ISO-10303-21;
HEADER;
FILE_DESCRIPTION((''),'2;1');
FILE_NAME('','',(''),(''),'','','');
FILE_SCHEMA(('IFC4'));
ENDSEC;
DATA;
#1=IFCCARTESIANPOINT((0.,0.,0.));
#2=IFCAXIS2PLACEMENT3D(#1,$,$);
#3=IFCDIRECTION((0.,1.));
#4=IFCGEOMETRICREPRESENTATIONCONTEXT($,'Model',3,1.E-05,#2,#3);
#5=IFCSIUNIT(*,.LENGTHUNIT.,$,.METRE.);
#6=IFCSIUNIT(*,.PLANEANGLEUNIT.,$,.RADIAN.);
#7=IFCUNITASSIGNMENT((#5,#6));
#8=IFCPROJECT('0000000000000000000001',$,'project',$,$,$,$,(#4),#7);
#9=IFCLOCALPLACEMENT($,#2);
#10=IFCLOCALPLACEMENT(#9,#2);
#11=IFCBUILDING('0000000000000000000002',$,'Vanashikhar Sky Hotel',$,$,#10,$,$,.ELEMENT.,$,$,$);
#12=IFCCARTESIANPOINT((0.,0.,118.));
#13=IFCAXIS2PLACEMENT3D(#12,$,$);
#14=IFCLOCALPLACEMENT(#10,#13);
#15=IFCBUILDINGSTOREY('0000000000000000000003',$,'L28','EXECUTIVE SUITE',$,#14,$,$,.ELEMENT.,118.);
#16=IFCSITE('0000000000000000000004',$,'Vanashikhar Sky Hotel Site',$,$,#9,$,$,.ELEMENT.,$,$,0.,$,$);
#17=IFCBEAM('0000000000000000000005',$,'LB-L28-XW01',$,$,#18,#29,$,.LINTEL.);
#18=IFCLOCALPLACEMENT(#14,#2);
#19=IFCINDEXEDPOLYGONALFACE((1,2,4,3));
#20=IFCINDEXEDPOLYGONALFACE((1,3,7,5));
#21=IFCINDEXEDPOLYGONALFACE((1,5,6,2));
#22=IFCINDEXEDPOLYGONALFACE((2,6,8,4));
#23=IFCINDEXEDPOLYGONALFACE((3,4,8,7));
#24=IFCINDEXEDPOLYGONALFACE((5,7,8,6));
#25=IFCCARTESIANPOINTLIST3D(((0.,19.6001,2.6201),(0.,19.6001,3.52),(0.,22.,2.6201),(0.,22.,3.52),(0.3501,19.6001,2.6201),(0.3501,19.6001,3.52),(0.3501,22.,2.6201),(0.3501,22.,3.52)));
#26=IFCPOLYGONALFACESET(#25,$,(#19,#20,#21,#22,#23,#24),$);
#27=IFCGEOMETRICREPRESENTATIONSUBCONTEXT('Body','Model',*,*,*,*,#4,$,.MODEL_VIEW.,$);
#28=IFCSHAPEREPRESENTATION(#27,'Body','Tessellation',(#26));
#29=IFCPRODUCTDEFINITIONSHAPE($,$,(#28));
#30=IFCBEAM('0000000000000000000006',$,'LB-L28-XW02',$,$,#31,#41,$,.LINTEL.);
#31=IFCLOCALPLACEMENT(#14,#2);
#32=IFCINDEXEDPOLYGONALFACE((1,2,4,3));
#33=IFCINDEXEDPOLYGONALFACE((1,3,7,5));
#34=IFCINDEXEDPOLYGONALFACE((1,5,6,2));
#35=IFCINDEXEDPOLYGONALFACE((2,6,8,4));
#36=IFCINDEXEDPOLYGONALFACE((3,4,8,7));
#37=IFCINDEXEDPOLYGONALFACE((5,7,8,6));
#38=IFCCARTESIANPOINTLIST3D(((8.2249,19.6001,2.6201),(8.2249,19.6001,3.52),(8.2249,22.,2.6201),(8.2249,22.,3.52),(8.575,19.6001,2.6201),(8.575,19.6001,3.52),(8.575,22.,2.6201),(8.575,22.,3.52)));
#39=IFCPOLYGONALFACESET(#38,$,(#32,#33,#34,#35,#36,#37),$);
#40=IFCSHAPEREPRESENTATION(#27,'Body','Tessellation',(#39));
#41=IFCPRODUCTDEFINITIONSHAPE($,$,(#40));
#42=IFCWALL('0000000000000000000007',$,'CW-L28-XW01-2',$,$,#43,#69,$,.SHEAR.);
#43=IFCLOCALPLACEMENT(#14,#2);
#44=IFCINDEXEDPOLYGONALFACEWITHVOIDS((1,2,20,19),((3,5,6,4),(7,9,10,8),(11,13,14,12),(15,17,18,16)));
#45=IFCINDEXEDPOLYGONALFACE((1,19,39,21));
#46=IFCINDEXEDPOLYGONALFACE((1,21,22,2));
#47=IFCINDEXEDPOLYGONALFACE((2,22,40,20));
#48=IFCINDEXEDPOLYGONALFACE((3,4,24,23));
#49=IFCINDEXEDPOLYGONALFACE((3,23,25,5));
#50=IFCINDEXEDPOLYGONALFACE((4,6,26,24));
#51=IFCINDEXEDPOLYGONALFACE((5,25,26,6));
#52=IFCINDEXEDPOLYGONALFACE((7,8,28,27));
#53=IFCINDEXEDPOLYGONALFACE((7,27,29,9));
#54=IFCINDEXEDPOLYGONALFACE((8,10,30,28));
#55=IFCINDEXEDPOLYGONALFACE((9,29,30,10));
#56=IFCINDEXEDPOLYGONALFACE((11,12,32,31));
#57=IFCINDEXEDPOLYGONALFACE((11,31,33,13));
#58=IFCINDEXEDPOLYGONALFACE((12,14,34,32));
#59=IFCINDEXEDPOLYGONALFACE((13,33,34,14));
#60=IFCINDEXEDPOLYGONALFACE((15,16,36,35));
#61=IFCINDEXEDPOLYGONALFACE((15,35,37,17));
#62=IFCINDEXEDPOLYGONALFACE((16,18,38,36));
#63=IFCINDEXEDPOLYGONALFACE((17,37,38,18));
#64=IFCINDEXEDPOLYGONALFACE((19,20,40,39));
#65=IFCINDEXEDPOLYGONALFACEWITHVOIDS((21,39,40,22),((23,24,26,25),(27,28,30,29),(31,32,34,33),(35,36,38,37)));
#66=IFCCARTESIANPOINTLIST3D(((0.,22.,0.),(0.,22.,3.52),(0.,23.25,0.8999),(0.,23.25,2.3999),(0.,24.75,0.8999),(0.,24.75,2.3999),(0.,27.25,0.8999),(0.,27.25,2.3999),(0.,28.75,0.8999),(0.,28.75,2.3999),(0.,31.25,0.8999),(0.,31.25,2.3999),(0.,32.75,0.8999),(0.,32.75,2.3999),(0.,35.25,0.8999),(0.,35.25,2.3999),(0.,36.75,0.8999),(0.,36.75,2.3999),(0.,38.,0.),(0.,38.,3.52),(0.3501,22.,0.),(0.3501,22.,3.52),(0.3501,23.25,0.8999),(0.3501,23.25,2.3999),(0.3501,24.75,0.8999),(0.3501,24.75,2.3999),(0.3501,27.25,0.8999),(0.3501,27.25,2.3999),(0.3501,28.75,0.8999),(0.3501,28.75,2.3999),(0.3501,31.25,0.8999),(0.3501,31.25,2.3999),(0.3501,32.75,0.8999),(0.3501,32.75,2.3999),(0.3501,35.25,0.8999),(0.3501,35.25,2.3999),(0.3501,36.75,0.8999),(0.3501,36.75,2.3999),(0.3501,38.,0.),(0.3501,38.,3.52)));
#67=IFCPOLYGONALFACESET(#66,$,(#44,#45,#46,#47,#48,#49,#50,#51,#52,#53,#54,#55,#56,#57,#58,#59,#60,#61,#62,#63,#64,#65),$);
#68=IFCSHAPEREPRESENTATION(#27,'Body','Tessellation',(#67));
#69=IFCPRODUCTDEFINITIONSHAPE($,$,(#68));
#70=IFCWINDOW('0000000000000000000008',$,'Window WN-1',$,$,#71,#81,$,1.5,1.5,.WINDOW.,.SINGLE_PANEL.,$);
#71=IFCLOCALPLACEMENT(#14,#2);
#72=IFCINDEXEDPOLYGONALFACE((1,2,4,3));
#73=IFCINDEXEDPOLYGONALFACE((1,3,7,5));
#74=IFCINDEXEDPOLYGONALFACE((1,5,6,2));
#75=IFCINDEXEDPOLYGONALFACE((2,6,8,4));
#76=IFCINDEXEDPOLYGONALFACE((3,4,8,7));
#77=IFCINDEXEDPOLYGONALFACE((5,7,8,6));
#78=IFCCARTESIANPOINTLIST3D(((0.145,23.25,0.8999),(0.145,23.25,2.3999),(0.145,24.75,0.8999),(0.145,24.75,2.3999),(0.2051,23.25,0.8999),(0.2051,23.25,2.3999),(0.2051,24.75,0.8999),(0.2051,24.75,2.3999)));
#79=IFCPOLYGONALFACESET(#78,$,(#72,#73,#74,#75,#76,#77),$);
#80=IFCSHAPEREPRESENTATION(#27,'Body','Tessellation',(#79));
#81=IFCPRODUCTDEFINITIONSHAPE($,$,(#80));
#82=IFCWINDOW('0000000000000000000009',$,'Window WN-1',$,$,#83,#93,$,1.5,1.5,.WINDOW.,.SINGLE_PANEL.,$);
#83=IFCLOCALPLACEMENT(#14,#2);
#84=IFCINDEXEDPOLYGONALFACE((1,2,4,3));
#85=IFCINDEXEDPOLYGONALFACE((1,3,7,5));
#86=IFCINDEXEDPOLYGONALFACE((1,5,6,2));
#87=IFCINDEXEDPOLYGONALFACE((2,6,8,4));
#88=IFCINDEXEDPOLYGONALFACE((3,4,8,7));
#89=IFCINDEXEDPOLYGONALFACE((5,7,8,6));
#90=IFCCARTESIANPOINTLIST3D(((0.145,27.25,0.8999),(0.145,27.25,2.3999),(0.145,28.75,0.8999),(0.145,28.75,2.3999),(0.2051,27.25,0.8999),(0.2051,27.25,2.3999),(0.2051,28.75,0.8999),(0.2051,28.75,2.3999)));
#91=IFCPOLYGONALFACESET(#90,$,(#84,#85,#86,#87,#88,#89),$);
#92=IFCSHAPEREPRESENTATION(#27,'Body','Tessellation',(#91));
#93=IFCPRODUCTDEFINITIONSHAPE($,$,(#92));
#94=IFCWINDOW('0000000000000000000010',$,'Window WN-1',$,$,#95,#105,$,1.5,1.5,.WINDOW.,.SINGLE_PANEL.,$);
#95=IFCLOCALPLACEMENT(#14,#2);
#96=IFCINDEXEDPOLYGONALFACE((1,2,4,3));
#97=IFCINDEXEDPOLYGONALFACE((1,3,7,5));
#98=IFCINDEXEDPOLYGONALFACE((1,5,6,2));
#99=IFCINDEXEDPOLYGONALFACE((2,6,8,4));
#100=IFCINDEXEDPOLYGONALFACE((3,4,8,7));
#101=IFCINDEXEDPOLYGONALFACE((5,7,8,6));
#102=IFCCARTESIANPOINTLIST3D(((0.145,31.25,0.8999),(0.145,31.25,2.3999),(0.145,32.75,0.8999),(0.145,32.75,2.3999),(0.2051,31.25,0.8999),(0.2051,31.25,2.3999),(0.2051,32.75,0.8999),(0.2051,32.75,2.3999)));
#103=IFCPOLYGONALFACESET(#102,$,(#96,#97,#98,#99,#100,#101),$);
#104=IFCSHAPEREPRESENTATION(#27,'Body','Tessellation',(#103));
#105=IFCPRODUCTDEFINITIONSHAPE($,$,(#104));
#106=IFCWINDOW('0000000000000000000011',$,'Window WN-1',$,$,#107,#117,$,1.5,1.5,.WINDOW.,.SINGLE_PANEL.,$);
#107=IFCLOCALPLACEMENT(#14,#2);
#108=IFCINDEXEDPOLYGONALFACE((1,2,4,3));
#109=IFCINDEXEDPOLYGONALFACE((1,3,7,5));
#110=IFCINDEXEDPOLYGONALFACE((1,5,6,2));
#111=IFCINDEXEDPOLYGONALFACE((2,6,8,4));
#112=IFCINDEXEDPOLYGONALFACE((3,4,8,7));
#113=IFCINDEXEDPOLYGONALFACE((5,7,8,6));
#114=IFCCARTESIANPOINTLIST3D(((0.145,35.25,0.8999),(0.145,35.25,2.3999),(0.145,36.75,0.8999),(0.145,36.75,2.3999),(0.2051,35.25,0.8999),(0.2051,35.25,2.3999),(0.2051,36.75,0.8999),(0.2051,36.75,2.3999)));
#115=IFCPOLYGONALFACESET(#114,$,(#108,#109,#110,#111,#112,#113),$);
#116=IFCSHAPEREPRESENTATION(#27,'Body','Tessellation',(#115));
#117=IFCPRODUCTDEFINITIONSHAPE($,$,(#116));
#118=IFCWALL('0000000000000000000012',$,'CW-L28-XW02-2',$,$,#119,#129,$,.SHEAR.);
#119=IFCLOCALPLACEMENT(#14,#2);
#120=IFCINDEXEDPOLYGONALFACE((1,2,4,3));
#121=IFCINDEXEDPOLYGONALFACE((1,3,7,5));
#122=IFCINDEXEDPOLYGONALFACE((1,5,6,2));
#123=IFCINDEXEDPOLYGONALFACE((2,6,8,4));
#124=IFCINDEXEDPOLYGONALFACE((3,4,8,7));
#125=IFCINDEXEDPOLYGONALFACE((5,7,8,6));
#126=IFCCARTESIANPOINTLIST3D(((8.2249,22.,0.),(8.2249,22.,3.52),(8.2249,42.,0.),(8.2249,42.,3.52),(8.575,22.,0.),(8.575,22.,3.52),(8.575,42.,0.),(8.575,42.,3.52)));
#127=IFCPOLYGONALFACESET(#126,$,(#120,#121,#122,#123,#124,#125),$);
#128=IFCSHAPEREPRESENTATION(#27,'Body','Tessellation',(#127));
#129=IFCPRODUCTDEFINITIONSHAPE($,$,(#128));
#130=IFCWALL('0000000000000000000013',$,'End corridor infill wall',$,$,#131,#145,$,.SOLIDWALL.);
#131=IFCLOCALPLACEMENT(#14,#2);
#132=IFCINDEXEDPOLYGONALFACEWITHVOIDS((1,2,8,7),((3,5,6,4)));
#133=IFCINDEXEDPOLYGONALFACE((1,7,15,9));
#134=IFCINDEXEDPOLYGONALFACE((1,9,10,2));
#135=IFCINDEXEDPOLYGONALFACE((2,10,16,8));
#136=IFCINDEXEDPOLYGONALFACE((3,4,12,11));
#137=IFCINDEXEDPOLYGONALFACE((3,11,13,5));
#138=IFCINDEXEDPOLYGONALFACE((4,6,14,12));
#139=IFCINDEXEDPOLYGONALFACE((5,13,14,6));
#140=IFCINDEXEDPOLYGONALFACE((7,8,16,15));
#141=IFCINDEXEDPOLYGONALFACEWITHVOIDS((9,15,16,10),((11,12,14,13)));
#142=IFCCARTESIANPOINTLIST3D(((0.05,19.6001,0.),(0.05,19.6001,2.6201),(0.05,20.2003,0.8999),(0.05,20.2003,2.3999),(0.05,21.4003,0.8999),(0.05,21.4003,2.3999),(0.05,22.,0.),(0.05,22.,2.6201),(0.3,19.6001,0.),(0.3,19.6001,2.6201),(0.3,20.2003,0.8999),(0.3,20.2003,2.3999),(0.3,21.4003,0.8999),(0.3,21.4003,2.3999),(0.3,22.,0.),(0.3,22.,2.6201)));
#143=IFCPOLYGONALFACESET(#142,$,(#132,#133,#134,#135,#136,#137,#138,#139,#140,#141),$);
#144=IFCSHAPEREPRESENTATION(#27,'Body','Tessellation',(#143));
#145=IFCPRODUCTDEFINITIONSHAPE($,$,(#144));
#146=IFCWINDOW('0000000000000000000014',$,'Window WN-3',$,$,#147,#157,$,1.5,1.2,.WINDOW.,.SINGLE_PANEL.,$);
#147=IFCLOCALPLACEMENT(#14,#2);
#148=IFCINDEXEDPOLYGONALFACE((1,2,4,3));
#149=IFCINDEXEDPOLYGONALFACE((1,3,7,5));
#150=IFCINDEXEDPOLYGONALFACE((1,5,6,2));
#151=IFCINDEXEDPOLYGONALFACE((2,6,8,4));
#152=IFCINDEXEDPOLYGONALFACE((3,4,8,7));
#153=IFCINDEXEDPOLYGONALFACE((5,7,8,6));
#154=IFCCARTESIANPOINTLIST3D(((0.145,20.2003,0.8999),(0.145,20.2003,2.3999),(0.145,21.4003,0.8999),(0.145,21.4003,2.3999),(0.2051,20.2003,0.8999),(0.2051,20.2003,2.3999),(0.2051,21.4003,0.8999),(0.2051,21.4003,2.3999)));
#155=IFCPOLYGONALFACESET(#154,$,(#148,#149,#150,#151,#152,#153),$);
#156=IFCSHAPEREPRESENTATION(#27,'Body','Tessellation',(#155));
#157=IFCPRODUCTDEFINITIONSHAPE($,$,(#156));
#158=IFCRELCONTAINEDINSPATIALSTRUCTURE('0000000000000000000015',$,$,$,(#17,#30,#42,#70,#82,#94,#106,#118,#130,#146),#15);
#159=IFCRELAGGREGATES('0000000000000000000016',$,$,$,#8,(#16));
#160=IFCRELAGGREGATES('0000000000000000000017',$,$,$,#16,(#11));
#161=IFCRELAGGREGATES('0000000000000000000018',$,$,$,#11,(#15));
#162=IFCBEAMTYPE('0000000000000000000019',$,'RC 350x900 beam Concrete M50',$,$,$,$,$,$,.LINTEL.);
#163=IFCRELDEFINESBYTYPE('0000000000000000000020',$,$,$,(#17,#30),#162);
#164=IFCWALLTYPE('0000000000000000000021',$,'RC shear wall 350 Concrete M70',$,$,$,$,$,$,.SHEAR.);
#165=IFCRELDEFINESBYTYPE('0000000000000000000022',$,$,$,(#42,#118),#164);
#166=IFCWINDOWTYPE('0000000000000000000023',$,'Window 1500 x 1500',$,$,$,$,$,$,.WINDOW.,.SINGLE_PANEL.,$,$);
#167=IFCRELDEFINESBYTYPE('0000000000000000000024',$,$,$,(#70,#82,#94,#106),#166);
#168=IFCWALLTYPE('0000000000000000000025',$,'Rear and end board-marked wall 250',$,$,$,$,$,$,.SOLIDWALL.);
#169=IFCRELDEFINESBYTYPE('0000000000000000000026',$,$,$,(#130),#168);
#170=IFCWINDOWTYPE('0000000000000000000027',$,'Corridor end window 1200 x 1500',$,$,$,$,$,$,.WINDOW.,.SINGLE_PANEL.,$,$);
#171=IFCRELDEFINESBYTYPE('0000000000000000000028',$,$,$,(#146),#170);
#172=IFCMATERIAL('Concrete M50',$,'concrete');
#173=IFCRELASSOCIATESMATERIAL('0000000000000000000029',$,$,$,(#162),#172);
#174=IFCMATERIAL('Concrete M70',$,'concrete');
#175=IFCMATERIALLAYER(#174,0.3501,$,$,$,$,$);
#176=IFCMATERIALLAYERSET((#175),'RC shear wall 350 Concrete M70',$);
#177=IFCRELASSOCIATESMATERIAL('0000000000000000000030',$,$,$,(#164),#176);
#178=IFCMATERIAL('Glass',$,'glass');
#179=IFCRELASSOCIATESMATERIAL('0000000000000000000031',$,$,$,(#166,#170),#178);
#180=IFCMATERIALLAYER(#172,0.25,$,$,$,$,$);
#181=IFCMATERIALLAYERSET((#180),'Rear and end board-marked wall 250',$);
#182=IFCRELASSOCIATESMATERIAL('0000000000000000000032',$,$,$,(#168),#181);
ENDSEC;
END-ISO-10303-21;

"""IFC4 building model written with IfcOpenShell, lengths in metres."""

from ifc_helpers import new_model, si_unit, direction, frame, frame_2d, origin, origin_2d, place, context, subcontext, project, spatial, rectangle, extrude, source, transform, mapped, material, layer, layer_set, material_profile, profile_set, type_object, element, fill, save


model = new_model("IFC4")

# Units and contexts
model_context = context("Model", 3, precision=1e-05, world=origin(), true_north=direction((0.0, 1.0)))
body_context = subcontext(model_context, "Body", "Model", "MODEL_VIEW")
ifc_project = project(units=[si_unit("LENGTHUNIT", "METRE"), si_unit("PLANEANGLEUNIT", "RADIAN")], contexts=[model_context])

# Site, building, storey
site_placement = place(None, origin())
site = spatial("IfcSite", under=ifc_project, at=site_placement, Name="Vanashikhar Sky Hotel Site", CompositionType="ELEMENT", RefElevation=0.0)
building_placement = place(site_placement, origin())
building = spatial("IfcBuilding", under=site, at=building_placement, Name="Vanashikhar Sky Hotel", CompositionType="ELEMENT")
storey_placement = place(building_placement, frame((0.0, 0.0, 118.0)))
storey = spatial("IfcBuildingStorey", under=building, at=storey_placement, Name="L28", Description="EXECUTIVE SUITE", CompositionType="ELEMENT", Elevation=118.0)

# Beams
ifc_material_1 = material(Name="Concrete M50", Category="concrete")
ifc_material_profile = material_profile(ifc_material_1, rectangle(XDim=0.3501, YDim=0.8999, at=origin_2d()))
ifc_profile_set = profile_set([ifc_material_profile], Name="RC 350x900 beam Concrete M50")
beam_type = type_object("IfcBeamType", Name="RC 350x900 beam Concrete M50", PredefinedType="LINTEL", material=ifc_profile_set)
shared_shape_1 = source(origin(), body_context, "Body", "SweptSolid", [
    extrude(rectangle(XDim=0.3501, YDim=0.8999, at=origin_2d()), origin(), (0.0, 0.0, 1.0), 2.3999),
])
for number, where, z_axis, x_axis, name in (
    (1, (0.175, 19.6001, 3.0701), (0.0, 1.0, 0.0), (-1.0, 0.0, 0.0), "LB-L28-XW01"),
    (2, (8.3999, 19.6001, 3.0701), (0.0, 1.0, 0.0), (-1.0, 0.0, 0.0), "LB-L28-XW02"),
):
    element("IfcBeam", number, at=place(storey_placement, frame(where, z_axis=z_axis, x_axis=x_axis)), inside=storey, type_object=beam_type, Name=name, PredefinedType="LINTEL", context=body_context, shape_type="MappedRepresentation", body=[
        mapped(shared_shape_1, transform((0.0, 0.0, 0.0), scale=1.0)),
    ])

# Wall, openings, windows
ifc_material_2 = material(Name="Concrete M70", Category="concrete")
ifc_layer_1 = layer(ifc_material_2, 0.3501)
ifc_layer_set_1 = layer_set([ifc_layer_1], Name="RC shear wall 350 Concrete M70")
wall_type_1 = type_object("IfcWallType", Name="RC shear wall 350 Concrete M70", PredefinedType="SHEAR", material=ifc_layer_set_1)
shared_shape_2 = source(origin(), body_context, "Body", "SweptSolid", [
    extrude(rectangle(XDim=16.0, YDim=0.3501, at=frame_2d((8.0, 0.0))), origin(), (0.0, 0.0, 1.0), 3.52),
])
wall_1_placement = place(storey_placement, frame((0.175, 22.0, 0.0), z_axis=(0.0, 0.0, 1.0), x_axis=(0.0, 1.0, 0.0)))
wall_1 = element("IfcWall", 3, at=wall_1_placement, inside=storey, type_object=wall_type_1, Name="CW-L28-XW01-2", PredefinedType="SHEAR", context=body_context, shape_type="MappedRepresentation", body=[
    mapped(shared_shape_2, transform((0.0, 0.0, 0.0), scale=1.0)),
])
shared_shape_3 = source(origin(), body_context, "Body", "SweptSolid", [
    extrude(rectangle(XDim=1.5, YDim=1.5, at=frame_2d((0.75, 0.75))), frame((0.0, 0.1851, 0.0), z_axis=(0.0, -1.0, 0.0), x_axis=(1.0, 0.0, 0.0)), (0.0, 0.0, 1.0), 0.3701),
])
opening_1_placement = place(wall_1_placement, frame((1.25, 0.0, 0.8999)))
opening_1 = element("IfcOpeningElement", 4, at=opening_1_placement, cuts=wall_1, PredefinedType="OPENING", context=body_context, shape_type="MappedRepresentation", body=[
    mapped(shared_shape_3, transform((0.0, 0.0, 0.0), scale=1.0)),
])
opening_2_placement = place(wall_1_placement, frame((5.25, 0.0, 0.8999)))
opening_2 = element("IfcOpeningElement", 5, at=opening_2_placement, cuts=wall_1, PredefinedType="OPENING", context=body_context, shape_type="MappedRepresentation", body=[
    mapped(shared_shape_3, transform((0.0, 0.0, 0.0), scale=1.0)),
])
opening_3_placement = place(wall_1_placement, frame((9.25, 0.0, 0.8999)))
opening_3 = element("IfcOpeningElement", 6, at=opening_3_placement, cuts=wall_1, PredefinedType="OPENING", context=body_context, shape_type="MappedRepresentation", body=[
    mapped(shared_shape_3, transform((0.0, 0.0, 0.0), scale=1.0)),
])
opening_4_placement = place(wall_1_placement, frame((13.25, 0.0, 0.8999)))
opening_4 = element("IfcOpeningElement", 7, at=opening_4_placement, cuts=wall_1, PredefinedType="OPENING", context=body_context, shape_type="MappedRepresentation", body=[
    mapped(shared_shape_3, transform((0.0, 0.0, 0.0), scale=1.0)),
])
ifc_material_3 = material(Name="Glass", Category="glass")
window_type_1 = type_object("IfcWindowType", Name="Window 1500 x 1500", PartitioningType="SINGLE_PANEL", PredefinedType="WINDOW", material=ifc_material_3)
shared_shape_4 = source(origin(), body_context, "Body", "SweptSolid", [
    extrude(rectangle(XDim=1.5, YDim=1.5, at=frame_2d((0.75, 0.75))), frame((0.0, 0.03, 0.0), z_axis=(0.0, -1.0, 0.0), x_axis=(1.0, 0.0, 0.0)), (0.0, 0.0, 1.0), 0.0601),
])
window_1_placement = place(opening_1_placement, origin())
window_1 = element("IfcWindow", 8, at=window_1_placement, inside=storey, type_object=window_type_1, Name="Window WN-1", OverallHeight=1.5, OverallWidth=1.5, PartitioningType="SINGLE_PANEL", PredefinedType="WINDOW", context=body_context, shape_type="MappedRepresentation", body=[
    mapped(shared_shape_4, transform((0.0, 0.0, 0.0), scale=1.0)),
])
fill(opening_1, window_1)
window_2_placement = place(opening_2_placement, origin())
window_2 = element("IfcWindow", 9, at=window_2_placement, inside=storey, type_object=window_type_1, Name="Window WN-1", OverallHeight=1.5, OverallWidth=1.5, PartitioningType="SINGLE_PANEL", PredefinedType="WINDOW", context=body_context, shape_type="MappedRepresentation", body=[
    mapped(shared_shape_4, transform((0.0, 0.0, 0.0), scale=1.0)),
])
fill(opening_2, window_2)
window_3_placement = place(opening_3_placement, origin())
window_3 = element("IfcWindow", 10, at=window_3_placement, inside=storey, type_object=window_type_1, Name="Window WN-1", OverallHeight=1.5, OverallWidth=1.5, PartitioningType="SINGLE_PANEL", PredefinedType="WINDOW", context=body_context, shape_type="MappedRepresentation", body=[
    mapped(shared_shape_4, transform((0.0, 0.0, 0.0), scale=1.0)),
])
fill(opening_3, window_3)
window_4_placement = place(opening_4_placement, origin())
window_4 = element("IfcWindow", 11, at=window_4_placement, inside=storey, type_object=window_type_1, Name="Window WN-1", OverallHeight=1.5, OverallWidth=1.5, PartitioningType="SINGLE_PANEL", PredefinedType="WINDOW", context=body_context, shape_type="MappedRepresentation", body=[
    mapped(shared_shape_4, transform((0.0, 0.0, 0.0), scale=1.0)),
])
fill(opening_4, window_4)

# Wall
shared_shape_5 = source(origin(), body_context, "Body", "SweptSolid", [
    extrude(rectangle(XDim=20.0, YDim=0.3501, at=frame_2d((10.0, 0.0))), origin(), (0.0, 0.0, 1.0), 3.52),
])
wall_2_placement = place(storey_placement, frame((8.3999, 22.0, 0.0), z_axis=(0.0, 0.0, 1.0), x_axis=(0.0, 1.0, 0.0)))
element("IfcWall", 12, at=wall_2_placement, inside=storey, type_object=wall_type_1, Name="CW-L28-XW02-2", PredefinedType="SHEAR", context=body_context, shape_type="MappedRepresentation", body=[
    mapped(shared_shape_5, transform((0.0, 0.0, 0.0), scale=1.0)),
])

# Wall, opening, window
ifc_layer_2 = layer(ifc_material_1, 0.25)
ifc_layer_set_2 = layer_set([ifc_layer_2], Name="Rear and end board-marked wall 250")
wall_type_2 = type_object("IfcWallType", Name="Rear and end board-marked wall 250", PredefinedType="SOLIDWALL", material=ifc_layer_set_2)
shared_shape_6 = source(origin(), body_context, "Body", "SweptSolid", [
    extrude(rectangle(XDim=2.3999, YDim=0.25, at=frame_2d((1.2, 0.0))), origin(), (0.0, 0.0, 1.0), 2.6201),
])
wall_3_placement = place(storey_placement, frame((0.175, 19.6001, 0.0), z_axis=(0.0, 0.0, 1.0), x_axis=(0.0, 1.0, 0.0)))
wall_3 = element("IfcWall", 13, at=wall_3_placement, inside=storey, type_object=wall_type_2, Name="End corridor infill wall", PredefinedType="SOLIDWALL", context=body_context, shape_type="MappedRepresentation", body=[
    mapped(shared_shape_6, transform((0.0, 0.0, 0.0), scale=1.0)),
])
shared_shape_7 = source(origin(), body_context, "Body", "SweptSolid", [
    extrude(rectangle(XDim=1.2, YDim=1.5, at=frame_2d((0.6001, 0.75))), frame((0.0, 0.135, 0.0), z_axis=(0.0, -1.0, 0.0), x_axis=(1.0, 0.0, 0.0)), (0.0, 0.0, 1.0), 0.27),
])
opening_5_placement = place(wall_3_placement, frame((0.6001, 0.0, 0.8999)))
opening_5 = element("IfcOpeningElement", 14, at=opening_5_placement, cuts=wall_3, PredefinedType="OPENING", context=body_context, shape_type="MappedRepresentation", body=[
    mapped(shared_shape_7, transform((0.0, 0.0, 0.0), scale=1.0)),
])
window_type_2 = type_object("IfcWindowType", Name="Corridor end window 1200 x 1500", PartitioningType="SINGLE_PANEL", PredefinedType="WINDOW", material=ifc_material_3)
shared_shape_8 = source(origin(), body_context, "Body", "SweptSolid", [
    extrude(rectangle(XDim=1.2, YDim=1.5, at=frame_2d((0.6001, 0.75))), frame((0.0, 0.03, 0.0), z_axis=(0.0, -1.0, 0.0), x_axis=(1.0, 0.0, 0.0)), (0.0, 0.0, 1.0), 0.0601),
])
window_5_placement = place(opening_5_placement, origin())
window_5 = element("IfcWindow", 15, at=window_5_placement, inside=storey, type_object=window_type_2, Name="Window WN-3", OverallHeight=1.5, OverallWidth=1.2, PartitioningType="SINGLE_PANEL", PredefinedType="WINDOW", context=body_context, shape_type="MappedRepresentation", body=[
    mapped(shared_shape_8, transform((0.0, 0.0, 0.0), scale=1.0)),
])
fill(opening_5, window_5)

save(model, "model.ifc")
